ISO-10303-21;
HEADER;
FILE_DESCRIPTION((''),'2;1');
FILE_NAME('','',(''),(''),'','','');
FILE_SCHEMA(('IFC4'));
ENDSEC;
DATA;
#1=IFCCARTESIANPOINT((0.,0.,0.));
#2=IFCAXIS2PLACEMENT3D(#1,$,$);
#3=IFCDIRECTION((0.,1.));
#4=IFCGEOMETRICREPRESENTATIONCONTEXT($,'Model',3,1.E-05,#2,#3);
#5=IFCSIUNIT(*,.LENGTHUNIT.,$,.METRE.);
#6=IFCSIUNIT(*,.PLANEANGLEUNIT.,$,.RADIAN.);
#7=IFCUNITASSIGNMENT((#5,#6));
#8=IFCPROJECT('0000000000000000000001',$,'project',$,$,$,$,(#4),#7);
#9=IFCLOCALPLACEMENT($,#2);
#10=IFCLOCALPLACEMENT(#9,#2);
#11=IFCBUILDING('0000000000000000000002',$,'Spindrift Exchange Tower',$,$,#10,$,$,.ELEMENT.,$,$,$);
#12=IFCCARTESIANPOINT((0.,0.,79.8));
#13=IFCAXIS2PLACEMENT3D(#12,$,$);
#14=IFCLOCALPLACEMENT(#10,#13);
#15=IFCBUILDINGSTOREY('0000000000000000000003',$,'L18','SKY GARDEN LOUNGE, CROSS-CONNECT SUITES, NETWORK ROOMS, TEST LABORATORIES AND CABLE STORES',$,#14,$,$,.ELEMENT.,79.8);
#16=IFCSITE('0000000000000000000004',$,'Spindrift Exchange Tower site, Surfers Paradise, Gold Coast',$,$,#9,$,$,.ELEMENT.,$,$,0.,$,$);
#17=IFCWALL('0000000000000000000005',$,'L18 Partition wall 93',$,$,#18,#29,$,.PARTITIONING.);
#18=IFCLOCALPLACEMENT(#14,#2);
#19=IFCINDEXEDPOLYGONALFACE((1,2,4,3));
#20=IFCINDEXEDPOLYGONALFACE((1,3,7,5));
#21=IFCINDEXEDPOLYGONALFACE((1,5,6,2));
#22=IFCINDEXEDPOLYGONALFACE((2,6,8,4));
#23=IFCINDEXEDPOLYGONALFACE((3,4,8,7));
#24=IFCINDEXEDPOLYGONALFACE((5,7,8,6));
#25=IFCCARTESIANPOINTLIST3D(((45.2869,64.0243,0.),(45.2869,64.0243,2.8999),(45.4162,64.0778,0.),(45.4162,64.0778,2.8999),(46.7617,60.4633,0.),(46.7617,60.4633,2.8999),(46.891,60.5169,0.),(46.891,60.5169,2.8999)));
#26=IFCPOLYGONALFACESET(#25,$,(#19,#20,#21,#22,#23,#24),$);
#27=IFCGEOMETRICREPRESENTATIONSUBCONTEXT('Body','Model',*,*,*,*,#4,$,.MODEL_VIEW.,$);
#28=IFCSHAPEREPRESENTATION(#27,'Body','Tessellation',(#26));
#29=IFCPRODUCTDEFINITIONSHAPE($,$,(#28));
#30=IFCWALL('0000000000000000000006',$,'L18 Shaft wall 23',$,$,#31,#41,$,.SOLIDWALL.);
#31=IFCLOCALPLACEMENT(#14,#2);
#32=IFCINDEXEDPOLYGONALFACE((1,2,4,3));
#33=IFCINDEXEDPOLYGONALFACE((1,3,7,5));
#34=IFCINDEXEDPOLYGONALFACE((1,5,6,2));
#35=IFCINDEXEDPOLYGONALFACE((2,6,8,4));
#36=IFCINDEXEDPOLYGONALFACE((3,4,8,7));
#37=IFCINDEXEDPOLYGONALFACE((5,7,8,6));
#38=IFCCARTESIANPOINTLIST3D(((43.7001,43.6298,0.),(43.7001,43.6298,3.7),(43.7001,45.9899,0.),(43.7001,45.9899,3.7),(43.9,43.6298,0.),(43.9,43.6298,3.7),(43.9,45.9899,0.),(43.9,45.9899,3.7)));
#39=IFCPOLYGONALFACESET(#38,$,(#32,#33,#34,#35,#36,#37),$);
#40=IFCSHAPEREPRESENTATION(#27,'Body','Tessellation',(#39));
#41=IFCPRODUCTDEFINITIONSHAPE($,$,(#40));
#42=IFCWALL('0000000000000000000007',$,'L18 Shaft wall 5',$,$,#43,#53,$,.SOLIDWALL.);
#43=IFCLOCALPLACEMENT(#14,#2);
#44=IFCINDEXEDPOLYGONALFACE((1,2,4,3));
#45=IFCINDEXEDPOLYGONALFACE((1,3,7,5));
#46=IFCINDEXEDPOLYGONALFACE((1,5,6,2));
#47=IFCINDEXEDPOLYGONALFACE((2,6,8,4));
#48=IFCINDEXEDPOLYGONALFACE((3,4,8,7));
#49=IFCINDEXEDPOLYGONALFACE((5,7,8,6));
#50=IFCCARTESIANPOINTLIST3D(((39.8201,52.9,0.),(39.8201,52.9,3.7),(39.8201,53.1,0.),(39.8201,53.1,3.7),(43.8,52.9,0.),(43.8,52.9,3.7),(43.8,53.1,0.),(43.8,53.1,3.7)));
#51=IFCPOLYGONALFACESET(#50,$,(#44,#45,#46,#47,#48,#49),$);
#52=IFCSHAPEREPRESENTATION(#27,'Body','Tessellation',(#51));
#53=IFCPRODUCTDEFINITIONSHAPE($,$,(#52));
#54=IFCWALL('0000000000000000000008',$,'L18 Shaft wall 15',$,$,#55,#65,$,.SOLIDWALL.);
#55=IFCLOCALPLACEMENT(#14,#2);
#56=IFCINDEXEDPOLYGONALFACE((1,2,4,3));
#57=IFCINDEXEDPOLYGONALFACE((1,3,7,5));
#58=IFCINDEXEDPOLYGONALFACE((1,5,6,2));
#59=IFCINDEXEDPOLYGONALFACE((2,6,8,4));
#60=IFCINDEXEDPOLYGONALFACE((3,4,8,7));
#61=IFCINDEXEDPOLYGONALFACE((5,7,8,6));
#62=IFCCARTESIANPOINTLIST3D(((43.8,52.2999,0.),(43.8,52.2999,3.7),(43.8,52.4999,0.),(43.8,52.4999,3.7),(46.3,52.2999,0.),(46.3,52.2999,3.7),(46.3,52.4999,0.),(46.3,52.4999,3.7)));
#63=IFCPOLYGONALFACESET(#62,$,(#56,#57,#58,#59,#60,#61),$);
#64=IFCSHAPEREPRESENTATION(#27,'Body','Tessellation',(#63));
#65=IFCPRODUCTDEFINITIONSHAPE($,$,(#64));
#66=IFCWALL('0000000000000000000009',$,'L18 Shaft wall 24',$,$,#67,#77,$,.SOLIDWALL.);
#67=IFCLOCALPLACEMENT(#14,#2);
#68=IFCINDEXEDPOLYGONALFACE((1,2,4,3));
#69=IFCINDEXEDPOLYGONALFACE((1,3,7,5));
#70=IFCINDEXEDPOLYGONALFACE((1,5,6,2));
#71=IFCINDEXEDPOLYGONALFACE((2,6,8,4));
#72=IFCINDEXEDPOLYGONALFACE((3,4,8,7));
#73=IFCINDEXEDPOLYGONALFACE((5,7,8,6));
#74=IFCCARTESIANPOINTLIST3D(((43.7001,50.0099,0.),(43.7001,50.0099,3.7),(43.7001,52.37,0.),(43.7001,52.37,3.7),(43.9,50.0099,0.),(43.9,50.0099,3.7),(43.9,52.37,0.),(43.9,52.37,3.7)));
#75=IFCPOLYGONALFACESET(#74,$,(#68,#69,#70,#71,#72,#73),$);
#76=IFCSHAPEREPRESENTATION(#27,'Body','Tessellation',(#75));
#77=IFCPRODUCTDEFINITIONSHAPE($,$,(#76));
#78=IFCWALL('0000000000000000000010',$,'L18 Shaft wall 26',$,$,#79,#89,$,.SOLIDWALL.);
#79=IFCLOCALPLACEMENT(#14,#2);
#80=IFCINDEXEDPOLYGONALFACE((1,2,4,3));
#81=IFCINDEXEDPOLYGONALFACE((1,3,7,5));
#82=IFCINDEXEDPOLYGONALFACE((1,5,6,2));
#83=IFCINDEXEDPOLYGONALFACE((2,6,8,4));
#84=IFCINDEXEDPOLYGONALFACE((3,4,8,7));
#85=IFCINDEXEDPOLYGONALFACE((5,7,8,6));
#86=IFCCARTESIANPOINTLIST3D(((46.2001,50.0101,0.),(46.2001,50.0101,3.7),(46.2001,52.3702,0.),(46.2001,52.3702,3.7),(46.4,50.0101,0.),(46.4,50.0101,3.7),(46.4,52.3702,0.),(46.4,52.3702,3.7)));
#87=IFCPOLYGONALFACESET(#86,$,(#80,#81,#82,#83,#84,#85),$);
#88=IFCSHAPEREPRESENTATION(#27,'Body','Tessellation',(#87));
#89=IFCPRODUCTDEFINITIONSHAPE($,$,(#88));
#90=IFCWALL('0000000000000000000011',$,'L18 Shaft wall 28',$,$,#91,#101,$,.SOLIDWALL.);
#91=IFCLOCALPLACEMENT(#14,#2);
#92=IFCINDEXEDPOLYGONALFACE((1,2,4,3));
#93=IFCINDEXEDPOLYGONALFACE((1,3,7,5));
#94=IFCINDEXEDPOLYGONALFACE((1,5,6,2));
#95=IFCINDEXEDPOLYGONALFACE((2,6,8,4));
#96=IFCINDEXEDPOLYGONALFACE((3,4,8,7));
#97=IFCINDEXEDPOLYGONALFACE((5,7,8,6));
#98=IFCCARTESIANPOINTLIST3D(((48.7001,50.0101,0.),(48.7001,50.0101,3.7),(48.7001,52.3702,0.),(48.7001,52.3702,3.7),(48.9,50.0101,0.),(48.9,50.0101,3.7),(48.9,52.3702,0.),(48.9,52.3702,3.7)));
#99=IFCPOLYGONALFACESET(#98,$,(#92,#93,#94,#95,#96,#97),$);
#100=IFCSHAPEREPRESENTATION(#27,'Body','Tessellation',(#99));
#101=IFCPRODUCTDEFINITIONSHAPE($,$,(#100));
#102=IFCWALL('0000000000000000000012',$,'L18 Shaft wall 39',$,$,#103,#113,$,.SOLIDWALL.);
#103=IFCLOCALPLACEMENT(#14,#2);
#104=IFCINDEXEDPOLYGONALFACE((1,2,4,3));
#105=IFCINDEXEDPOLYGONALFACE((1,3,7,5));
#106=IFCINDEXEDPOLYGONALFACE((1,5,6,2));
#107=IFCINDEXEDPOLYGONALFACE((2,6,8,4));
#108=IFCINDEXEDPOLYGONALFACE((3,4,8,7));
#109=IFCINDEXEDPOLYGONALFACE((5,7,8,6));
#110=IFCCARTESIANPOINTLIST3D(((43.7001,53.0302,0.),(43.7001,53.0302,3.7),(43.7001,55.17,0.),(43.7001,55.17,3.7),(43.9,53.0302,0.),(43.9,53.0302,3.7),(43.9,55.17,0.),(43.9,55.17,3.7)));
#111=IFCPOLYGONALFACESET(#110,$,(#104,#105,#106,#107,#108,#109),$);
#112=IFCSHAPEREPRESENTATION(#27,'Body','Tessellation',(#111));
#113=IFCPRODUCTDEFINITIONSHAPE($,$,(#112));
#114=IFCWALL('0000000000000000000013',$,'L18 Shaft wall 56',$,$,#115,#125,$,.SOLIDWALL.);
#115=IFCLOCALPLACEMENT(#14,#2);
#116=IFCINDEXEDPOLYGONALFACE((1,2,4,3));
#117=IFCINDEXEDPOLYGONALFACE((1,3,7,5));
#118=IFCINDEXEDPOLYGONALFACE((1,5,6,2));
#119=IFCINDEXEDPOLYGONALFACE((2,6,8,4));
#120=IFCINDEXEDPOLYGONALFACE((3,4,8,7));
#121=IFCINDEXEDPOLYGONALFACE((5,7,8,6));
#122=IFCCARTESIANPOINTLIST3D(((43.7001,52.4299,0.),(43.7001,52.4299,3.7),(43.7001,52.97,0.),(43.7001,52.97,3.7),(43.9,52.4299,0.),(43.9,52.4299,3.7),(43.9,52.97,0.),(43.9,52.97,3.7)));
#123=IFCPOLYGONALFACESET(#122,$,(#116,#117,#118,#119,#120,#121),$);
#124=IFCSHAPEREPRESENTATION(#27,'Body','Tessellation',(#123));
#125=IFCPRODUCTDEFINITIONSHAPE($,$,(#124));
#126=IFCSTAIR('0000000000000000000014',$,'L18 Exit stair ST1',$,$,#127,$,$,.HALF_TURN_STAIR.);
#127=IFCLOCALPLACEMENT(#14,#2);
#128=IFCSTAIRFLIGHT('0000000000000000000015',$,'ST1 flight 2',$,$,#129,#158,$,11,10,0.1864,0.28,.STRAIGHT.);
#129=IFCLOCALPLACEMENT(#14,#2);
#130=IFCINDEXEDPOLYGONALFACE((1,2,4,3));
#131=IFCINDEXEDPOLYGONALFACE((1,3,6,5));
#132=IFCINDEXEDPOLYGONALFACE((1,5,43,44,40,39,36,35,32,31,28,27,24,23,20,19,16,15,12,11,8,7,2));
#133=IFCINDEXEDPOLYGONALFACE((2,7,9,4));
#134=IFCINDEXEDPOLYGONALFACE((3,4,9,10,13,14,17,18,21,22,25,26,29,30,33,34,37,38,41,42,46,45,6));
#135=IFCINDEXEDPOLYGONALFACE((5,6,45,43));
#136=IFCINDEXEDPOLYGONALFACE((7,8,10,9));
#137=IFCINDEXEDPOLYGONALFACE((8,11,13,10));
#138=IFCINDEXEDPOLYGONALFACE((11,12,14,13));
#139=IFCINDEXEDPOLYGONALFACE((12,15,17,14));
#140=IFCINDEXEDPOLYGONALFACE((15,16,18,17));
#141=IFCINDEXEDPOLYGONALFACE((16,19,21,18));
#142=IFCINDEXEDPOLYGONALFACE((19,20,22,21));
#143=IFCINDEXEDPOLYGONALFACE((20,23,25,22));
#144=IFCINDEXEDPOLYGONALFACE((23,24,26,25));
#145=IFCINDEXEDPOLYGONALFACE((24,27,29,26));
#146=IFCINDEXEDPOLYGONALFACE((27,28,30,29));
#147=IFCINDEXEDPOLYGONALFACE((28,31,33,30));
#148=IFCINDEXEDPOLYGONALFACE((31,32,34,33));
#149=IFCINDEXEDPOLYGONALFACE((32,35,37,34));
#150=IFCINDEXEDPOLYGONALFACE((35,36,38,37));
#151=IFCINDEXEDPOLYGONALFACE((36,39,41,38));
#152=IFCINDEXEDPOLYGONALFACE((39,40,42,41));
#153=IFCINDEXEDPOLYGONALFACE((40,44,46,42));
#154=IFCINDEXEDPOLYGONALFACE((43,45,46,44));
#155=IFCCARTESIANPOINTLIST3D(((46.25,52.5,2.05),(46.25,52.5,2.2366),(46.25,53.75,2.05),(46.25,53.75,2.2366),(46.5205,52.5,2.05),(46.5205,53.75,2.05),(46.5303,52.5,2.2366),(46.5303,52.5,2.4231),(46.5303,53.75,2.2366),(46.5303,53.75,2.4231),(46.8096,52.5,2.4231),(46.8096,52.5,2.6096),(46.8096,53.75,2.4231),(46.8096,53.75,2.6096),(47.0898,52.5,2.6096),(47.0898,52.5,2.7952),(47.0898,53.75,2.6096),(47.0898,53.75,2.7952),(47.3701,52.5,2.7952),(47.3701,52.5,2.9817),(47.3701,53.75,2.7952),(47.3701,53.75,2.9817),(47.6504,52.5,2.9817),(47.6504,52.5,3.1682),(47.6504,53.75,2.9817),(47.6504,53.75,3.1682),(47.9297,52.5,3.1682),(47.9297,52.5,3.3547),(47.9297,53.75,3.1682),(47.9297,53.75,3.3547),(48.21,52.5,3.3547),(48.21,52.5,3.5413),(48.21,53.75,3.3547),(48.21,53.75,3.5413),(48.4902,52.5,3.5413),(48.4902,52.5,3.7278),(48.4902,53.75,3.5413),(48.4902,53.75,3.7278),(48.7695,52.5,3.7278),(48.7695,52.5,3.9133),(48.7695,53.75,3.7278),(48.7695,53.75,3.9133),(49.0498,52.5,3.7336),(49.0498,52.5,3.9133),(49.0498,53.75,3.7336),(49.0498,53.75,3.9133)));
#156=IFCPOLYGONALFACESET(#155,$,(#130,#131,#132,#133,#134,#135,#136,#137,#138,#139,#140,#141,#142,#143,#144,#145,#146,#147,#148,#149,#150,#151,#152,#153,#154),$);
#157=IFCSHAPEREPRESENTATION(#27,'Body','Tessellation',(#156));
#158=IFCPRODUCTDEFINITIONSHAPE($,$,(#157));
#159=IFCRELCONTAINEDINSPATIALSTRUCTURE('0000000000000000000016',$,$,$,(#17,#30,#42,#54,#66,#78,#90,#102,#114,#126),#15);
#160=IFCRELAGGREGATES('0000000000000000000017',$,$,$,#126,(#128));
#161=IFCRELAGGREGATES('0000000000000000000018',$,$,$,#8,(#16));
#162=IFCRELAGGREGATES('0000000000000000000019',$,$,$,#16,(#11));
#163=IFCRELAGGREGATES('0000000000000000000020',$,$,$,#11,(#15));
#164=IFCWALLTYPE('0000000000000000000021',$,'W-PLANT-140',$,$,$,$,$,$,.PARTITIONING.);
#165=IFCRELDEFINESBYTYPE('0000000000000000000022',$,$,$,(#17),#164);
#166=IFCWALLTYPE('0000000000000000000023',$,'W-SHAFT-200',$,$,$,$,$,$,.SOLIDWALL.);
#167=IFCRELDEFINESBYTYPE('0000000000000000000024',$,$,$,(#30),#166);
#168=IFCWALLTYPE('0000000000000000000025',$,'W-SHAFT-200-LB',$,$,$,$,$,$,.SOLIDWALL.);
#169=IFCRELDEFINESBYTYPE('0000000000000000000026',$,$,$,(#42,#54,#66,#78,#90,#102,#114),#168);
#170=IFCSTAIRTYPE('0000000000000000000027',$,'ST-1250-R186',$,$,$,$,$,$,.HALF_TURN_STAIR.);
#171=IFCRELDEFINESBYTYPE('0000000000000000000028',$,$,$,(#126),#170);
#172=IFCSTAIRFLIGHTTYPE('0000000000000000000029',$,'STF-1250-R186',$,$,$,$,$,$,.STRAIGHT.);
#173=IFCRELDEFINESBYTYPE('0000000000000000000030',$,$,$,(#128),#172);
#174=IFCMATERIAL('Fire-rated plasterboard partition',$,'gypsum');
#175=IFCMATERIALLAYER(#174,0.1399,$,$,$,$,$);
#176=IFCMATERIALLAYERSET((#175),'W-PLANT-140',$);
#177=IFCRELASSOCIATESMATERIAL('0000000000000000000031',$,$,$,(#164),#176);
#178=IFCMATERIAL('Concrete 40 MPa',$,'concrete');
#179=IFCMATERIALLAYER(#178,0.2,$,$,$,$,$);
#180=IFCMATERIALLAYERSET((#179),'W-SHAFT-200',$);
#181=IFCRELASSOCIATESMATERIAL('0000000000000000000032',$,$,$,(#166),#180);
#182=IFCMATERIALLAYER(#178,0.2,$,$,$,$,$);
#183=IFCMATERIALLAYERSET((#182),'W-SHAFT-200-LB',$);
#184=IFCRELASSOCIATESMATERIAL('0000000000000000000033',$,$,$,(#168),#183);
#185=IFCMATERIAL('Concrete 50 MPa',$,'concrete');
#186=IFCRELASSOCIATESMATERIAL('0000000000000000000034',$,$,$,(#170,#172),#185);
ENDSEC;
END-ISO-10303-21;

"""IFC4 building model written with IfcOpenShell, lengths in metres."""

from ifc_helpers import new_model, si_unit, direction, frame, frame_2d, origin, place, context, subcontext, project, spatial, line, indexed_curve, rectangle, outline, extrude, material, layer, layer_set, type_object, element, aggregate, save


model = new_model("IFC4")

# Units and contexts
model_context = context("Model", 3, precision=1e-05, world=origin(), true_north=direction((0.0, 1.0)))
body_context = subcontext(model_context, "Body", "Model", "MODEL_VIEW")
ifc_project = project(units=[si_unit("LENGTHUNIT", "METRE"), si_unit("PLANEANGLEUNIT", "RADIAN")], contexts=[model_context])

# Site, building, storey
site_placement = place(None, origin())
site = spatial("IfcSite", under=ifc_project, at=site_placement, Name="Spindrift Exchange Tower site, Surfers Paradise, Gold Coast", CompositionType="ELEMENT", RefElevation=0.0)
building_placement = place(site_placement, origin())
building = spatial("IfcBuilding", under=site, at=building_placement, Name="Spindrift Exchange Tower", CompositionType="ELEMENT")
storey_placement = place(building_placement, frame((0.0, 0.0, 79.8)))
storey = spatial("IfcBuildingStorey", under=building, at=storey_placement, Name="L18", Description="SKY GARDEN LOUNGE, CROSS-CONNECT SUITES, NETWORK ROOMS, TEST LABORATORIES AND CABLE STORES", CompositionType="ELEMENT", Elevation=79.8)

# Shared definitions
ifc_material_1 = material(Name="Fire-rated plasterboard partition", Category="gypsum")

# Walls
ifc_layer_1 = layer(ifc_material_1, 0.1399)
ifc_layer_set_1 = layer_set([ifc_layer_1], Name="W-PLANT-140")
wall_type_1 = type_object("IfcWallType", Name="W-PLANT-140", PredefinedType="PARTITIONING", material=ifc_layer_set_1)
wall_1_placement = place(storey_placement, frame((46.8264, 60.49, 0.0), z_axis=(0.0, 0.0, 1.0), x_axis=(-0.382645, 0.923896, 0.0)))
element("IfcWall", 1, at=wall_1_placement, inside=storey, type_object=wall_type_1, Name="L18 Partition wall 93", PredefinedType="PARTITIONING", context=body_context, shape_type="SweptSolid", body=[
    extrude(rectangle(XDim=3.8542, YDim=0.1399, at=frame_2d((1.9272, 0.0))), origin(), (0.0, 0.0, 1.0), 2.8999),
])
ifc_material_2 = material(Name="Concrete 40 MPa", Category="concrete")
ifc_layer_2 = layer(ifc_material_2, 0.2)
ifc_layer_set_2 = layer_set([ifc_layer_2], Name="W-SHAFT-200")
wall_type_2 = type_object("IfcWallType", Name="W-SHAFT-200", PredefinedType="SOLIDWALL", material=ifc_layer_set_2)
wall_2_placement = place(storey_placement, frame((43.8, 45.99, 0.0), z_axis=(0.0, 0.0, 1.0), x_axis=(0.0, -1.0, 0.0)))
element("IfcWall", 2, at=wall_2_placement, inside=storey, type_object=wall_type_2, Name="L18 Shaft wall 23", PredefinedType="SOLIDWALL", context=body_context, shape_type="SweptSolid", body=[
    extrude(rectangle(XDim=2.3601, YDim=0.2, at=frame_2d((1.1802, 0.0))), origin(), (0.0, 0.0, 1.0), 3.7),
])
ifc_layer_3 = layer(ifc_material_2, 0.2)
ifc_layer_set_3 = layer_set([ifc_layer_3], Name="W-SHAFT-200-LB")
wall_type_3 = type_object("IfcWallType", Name="W-SHAFT-200-LB", PredefinedType="SOLIDWALL", material=ifc_layer_set_3)
wall_3_placement = place(storey_placement, frame((43.8, 53.0, 0.0), z_axis=(0.0, 0.0, 1.0), x_axis=(-1.0, 0.0, 0.0)))
element("IfcWall", 3, at=wall_3_placement, inside=storey, type_object=wall_type_3, Name="L18 Shaft wall 5", PredefinedType="SOLIDWALL", context=body_context, shape_type="SweptSolid", body=[
    extrude(rectangle(XDim=3.98, YDim=0.2, at=frame_2d((1.99, 0.0))), origin(), (0.0, 0.0, 1.0), 3.7),
])
wall_4_placement = place(storey_placement, frame((46.3, 52.3999, 0.0), z_axis=(0.0, 0.0, 1.0), x_axis=(-1.0, 0.0, 0.0)))
element("IfcWall", 4, at=wall_4_placement, inside=storey, type_object=wall_type_3, Name="L18 Shaft wall 15", PredefinedType="SOLIDWALL", context=body_context, shape_type="SweptSolid", body=[
    extrude(rectangle(XDim=2.5, YDim=0.2, at=frame_2d((1.25, 0.0))), origin(), (0.0, 0.0, 1.0), 3.7),
])
for number, where, z_axis, x_axis, name in (
    (5, (43.8, 52.3701, 0.0), (0.0, 0.0, 1.0), (0.0, -1.0, 0.0), "L18 Shaft wall 24"),
    (6, (46.3, 50.01, 0.0), (0.0, 0.0, 1.0), (0.0, 1.0, 0.0), "L18 Shaft wall 26"),
    (7, (48.8, 50.01, 0.0), (0.0, 0.0, 1.0), (0.0, 1.0, 0.0), "L18 Shaft wall 28"),
):
    element("IfcWall", number, at=place(storey_placement, frame(where, z_axis=z_axis, x_axis=x_axis)), inside=storey, type_object=wall_type_3, Name=name, PredefinedType="SOLIDWALL", context=body_context, shape_type="SweptSolid", body=[
        extrude(rectangle(XDim=2.3601, YDim=0.2, at=frame_2d((1.1802, 0.0))), origin(), (0.0, 0.0, 1.0), 3.7),
    ])
wall_5_placement = place(storey_placement, frame((43.8, 55.1699, 0.0), z_axis=(0.0, 0.0, 1.0), x_axis=(0.0, -1.0, 0.0)))
element("IfcWall", 8, at=wall_5_placement, inside=storey, type_object=wall_type_3, Name="L18 Shaft wall 39", PredefinedType="SOLIDWALL", context=body_context, shape_type="SweptSolid", body=[
    extrude(rectangle(XDim=2.1399, YDim=0.2, at=frame_2d((1.0698, 0.0))), origin(), (0.0, 0.0, 1.0), 3.7),
])
wall_6_placement = place(storey_placement, frame((43.8, 52.4299, 0.0), z_axis=(0.0, 0.0, 1.0), x_axis=(0.0, 1.0, 0.0)))
element("IfcWall", 9, at=wall_6_placement, inside=storey, type_object=wall_type_3, Name="L18 Shaft wall 56", PredefinedType="SOLIDWALL", context=body_context, shape_type="SweptSolid", body=[
    extrude(rectangle(XDim=0.54, YDim=0.2, at=frame_2d((0.27, 0.0))), origin(), (0.0, 0.0, 1.0), 3.7),
])

# Stair, stair flight
ifc_material_3 = material(Name="Concrete 50 MPa", Category="concrete")
stair_type = type_object("IfcStairType", Name="ST-1250-R186", PredefinedType="HALF_TURN_STAIR", material=ifc_material_3)
stair_placement = place(storey_placement, origin())
stair = element("IfcStair", 10, at=stair_placement, inside=storey, type_object=stair_type, Name="L18 Exit stair ST1", PredefinedType="HALF_TURN_STAIR")
stair_flight_type = type_object("IfcStairFlightType", Name="STF-1250-R186", PredefinedType="STRAIGHT", material=ifc_material_3)
stair_flight_placement = place(storey_placement, frame((46.25, 53.125, 2.05), z_axis=(0.0, 0.0, 1.0), x_axis=(1.0, 0.0, 0.0)))
stair_flight = element("IfcStairFlight", 11, at=stair_flight_placement, type_object=stair_flight_type, Name="ST1 flight 2", NumberOfRisers=11, NumberOfTreads=10, PredefinedType="STRAIGHT", RiserHeight=0.1864, TreadLength=0.28, context=body_context, shape_type="SweptSolid", body=[
    extrude(outline(indexed_curve([(0.0, 0.0), (0.0, 0.1865), (0.2803, 0.1865), (0.2803, 0.373), (0.5596, 0.373), (0.5596, 0.5596), (0.8398, 0.5596), (0.8398, 0.7451), (1.1201, 0.7451), (1.1201, 0.9316), (1.4004, 0.9316), (1.4004, 1.1182), (1.6797, 1.1182), (1.6797, 1.3047), (1.96, 1.3047), (1.96, 1.4912), (2.2402, 1.4912), (2.2402, 1.6777), (2.5195, 1.6777), (2.5195, 1.8633), (2.7998, 1.8633), (2.7998, 2.0498), (2.7998, 1.6836), (0.2705, 0.0)], segments=[line(1, 2, 3, 4, 5, 6, 7, 8, 9, 10, 11, 12, 13, 14, 15, 16, 17, 18, 19, 20, 21, 22, 23, 24, 1)], self_intersect=False)), frame((0.0, 0.625, 0.0), z_axis=(0.0, -1.0, 0.0), x_axis=(1.0, 0.0, 0.0)), (0.0, 0.0, 1.0), 1.25),
])
aggregate(stair, [stair_flight])

save(model, "model.ifc")
